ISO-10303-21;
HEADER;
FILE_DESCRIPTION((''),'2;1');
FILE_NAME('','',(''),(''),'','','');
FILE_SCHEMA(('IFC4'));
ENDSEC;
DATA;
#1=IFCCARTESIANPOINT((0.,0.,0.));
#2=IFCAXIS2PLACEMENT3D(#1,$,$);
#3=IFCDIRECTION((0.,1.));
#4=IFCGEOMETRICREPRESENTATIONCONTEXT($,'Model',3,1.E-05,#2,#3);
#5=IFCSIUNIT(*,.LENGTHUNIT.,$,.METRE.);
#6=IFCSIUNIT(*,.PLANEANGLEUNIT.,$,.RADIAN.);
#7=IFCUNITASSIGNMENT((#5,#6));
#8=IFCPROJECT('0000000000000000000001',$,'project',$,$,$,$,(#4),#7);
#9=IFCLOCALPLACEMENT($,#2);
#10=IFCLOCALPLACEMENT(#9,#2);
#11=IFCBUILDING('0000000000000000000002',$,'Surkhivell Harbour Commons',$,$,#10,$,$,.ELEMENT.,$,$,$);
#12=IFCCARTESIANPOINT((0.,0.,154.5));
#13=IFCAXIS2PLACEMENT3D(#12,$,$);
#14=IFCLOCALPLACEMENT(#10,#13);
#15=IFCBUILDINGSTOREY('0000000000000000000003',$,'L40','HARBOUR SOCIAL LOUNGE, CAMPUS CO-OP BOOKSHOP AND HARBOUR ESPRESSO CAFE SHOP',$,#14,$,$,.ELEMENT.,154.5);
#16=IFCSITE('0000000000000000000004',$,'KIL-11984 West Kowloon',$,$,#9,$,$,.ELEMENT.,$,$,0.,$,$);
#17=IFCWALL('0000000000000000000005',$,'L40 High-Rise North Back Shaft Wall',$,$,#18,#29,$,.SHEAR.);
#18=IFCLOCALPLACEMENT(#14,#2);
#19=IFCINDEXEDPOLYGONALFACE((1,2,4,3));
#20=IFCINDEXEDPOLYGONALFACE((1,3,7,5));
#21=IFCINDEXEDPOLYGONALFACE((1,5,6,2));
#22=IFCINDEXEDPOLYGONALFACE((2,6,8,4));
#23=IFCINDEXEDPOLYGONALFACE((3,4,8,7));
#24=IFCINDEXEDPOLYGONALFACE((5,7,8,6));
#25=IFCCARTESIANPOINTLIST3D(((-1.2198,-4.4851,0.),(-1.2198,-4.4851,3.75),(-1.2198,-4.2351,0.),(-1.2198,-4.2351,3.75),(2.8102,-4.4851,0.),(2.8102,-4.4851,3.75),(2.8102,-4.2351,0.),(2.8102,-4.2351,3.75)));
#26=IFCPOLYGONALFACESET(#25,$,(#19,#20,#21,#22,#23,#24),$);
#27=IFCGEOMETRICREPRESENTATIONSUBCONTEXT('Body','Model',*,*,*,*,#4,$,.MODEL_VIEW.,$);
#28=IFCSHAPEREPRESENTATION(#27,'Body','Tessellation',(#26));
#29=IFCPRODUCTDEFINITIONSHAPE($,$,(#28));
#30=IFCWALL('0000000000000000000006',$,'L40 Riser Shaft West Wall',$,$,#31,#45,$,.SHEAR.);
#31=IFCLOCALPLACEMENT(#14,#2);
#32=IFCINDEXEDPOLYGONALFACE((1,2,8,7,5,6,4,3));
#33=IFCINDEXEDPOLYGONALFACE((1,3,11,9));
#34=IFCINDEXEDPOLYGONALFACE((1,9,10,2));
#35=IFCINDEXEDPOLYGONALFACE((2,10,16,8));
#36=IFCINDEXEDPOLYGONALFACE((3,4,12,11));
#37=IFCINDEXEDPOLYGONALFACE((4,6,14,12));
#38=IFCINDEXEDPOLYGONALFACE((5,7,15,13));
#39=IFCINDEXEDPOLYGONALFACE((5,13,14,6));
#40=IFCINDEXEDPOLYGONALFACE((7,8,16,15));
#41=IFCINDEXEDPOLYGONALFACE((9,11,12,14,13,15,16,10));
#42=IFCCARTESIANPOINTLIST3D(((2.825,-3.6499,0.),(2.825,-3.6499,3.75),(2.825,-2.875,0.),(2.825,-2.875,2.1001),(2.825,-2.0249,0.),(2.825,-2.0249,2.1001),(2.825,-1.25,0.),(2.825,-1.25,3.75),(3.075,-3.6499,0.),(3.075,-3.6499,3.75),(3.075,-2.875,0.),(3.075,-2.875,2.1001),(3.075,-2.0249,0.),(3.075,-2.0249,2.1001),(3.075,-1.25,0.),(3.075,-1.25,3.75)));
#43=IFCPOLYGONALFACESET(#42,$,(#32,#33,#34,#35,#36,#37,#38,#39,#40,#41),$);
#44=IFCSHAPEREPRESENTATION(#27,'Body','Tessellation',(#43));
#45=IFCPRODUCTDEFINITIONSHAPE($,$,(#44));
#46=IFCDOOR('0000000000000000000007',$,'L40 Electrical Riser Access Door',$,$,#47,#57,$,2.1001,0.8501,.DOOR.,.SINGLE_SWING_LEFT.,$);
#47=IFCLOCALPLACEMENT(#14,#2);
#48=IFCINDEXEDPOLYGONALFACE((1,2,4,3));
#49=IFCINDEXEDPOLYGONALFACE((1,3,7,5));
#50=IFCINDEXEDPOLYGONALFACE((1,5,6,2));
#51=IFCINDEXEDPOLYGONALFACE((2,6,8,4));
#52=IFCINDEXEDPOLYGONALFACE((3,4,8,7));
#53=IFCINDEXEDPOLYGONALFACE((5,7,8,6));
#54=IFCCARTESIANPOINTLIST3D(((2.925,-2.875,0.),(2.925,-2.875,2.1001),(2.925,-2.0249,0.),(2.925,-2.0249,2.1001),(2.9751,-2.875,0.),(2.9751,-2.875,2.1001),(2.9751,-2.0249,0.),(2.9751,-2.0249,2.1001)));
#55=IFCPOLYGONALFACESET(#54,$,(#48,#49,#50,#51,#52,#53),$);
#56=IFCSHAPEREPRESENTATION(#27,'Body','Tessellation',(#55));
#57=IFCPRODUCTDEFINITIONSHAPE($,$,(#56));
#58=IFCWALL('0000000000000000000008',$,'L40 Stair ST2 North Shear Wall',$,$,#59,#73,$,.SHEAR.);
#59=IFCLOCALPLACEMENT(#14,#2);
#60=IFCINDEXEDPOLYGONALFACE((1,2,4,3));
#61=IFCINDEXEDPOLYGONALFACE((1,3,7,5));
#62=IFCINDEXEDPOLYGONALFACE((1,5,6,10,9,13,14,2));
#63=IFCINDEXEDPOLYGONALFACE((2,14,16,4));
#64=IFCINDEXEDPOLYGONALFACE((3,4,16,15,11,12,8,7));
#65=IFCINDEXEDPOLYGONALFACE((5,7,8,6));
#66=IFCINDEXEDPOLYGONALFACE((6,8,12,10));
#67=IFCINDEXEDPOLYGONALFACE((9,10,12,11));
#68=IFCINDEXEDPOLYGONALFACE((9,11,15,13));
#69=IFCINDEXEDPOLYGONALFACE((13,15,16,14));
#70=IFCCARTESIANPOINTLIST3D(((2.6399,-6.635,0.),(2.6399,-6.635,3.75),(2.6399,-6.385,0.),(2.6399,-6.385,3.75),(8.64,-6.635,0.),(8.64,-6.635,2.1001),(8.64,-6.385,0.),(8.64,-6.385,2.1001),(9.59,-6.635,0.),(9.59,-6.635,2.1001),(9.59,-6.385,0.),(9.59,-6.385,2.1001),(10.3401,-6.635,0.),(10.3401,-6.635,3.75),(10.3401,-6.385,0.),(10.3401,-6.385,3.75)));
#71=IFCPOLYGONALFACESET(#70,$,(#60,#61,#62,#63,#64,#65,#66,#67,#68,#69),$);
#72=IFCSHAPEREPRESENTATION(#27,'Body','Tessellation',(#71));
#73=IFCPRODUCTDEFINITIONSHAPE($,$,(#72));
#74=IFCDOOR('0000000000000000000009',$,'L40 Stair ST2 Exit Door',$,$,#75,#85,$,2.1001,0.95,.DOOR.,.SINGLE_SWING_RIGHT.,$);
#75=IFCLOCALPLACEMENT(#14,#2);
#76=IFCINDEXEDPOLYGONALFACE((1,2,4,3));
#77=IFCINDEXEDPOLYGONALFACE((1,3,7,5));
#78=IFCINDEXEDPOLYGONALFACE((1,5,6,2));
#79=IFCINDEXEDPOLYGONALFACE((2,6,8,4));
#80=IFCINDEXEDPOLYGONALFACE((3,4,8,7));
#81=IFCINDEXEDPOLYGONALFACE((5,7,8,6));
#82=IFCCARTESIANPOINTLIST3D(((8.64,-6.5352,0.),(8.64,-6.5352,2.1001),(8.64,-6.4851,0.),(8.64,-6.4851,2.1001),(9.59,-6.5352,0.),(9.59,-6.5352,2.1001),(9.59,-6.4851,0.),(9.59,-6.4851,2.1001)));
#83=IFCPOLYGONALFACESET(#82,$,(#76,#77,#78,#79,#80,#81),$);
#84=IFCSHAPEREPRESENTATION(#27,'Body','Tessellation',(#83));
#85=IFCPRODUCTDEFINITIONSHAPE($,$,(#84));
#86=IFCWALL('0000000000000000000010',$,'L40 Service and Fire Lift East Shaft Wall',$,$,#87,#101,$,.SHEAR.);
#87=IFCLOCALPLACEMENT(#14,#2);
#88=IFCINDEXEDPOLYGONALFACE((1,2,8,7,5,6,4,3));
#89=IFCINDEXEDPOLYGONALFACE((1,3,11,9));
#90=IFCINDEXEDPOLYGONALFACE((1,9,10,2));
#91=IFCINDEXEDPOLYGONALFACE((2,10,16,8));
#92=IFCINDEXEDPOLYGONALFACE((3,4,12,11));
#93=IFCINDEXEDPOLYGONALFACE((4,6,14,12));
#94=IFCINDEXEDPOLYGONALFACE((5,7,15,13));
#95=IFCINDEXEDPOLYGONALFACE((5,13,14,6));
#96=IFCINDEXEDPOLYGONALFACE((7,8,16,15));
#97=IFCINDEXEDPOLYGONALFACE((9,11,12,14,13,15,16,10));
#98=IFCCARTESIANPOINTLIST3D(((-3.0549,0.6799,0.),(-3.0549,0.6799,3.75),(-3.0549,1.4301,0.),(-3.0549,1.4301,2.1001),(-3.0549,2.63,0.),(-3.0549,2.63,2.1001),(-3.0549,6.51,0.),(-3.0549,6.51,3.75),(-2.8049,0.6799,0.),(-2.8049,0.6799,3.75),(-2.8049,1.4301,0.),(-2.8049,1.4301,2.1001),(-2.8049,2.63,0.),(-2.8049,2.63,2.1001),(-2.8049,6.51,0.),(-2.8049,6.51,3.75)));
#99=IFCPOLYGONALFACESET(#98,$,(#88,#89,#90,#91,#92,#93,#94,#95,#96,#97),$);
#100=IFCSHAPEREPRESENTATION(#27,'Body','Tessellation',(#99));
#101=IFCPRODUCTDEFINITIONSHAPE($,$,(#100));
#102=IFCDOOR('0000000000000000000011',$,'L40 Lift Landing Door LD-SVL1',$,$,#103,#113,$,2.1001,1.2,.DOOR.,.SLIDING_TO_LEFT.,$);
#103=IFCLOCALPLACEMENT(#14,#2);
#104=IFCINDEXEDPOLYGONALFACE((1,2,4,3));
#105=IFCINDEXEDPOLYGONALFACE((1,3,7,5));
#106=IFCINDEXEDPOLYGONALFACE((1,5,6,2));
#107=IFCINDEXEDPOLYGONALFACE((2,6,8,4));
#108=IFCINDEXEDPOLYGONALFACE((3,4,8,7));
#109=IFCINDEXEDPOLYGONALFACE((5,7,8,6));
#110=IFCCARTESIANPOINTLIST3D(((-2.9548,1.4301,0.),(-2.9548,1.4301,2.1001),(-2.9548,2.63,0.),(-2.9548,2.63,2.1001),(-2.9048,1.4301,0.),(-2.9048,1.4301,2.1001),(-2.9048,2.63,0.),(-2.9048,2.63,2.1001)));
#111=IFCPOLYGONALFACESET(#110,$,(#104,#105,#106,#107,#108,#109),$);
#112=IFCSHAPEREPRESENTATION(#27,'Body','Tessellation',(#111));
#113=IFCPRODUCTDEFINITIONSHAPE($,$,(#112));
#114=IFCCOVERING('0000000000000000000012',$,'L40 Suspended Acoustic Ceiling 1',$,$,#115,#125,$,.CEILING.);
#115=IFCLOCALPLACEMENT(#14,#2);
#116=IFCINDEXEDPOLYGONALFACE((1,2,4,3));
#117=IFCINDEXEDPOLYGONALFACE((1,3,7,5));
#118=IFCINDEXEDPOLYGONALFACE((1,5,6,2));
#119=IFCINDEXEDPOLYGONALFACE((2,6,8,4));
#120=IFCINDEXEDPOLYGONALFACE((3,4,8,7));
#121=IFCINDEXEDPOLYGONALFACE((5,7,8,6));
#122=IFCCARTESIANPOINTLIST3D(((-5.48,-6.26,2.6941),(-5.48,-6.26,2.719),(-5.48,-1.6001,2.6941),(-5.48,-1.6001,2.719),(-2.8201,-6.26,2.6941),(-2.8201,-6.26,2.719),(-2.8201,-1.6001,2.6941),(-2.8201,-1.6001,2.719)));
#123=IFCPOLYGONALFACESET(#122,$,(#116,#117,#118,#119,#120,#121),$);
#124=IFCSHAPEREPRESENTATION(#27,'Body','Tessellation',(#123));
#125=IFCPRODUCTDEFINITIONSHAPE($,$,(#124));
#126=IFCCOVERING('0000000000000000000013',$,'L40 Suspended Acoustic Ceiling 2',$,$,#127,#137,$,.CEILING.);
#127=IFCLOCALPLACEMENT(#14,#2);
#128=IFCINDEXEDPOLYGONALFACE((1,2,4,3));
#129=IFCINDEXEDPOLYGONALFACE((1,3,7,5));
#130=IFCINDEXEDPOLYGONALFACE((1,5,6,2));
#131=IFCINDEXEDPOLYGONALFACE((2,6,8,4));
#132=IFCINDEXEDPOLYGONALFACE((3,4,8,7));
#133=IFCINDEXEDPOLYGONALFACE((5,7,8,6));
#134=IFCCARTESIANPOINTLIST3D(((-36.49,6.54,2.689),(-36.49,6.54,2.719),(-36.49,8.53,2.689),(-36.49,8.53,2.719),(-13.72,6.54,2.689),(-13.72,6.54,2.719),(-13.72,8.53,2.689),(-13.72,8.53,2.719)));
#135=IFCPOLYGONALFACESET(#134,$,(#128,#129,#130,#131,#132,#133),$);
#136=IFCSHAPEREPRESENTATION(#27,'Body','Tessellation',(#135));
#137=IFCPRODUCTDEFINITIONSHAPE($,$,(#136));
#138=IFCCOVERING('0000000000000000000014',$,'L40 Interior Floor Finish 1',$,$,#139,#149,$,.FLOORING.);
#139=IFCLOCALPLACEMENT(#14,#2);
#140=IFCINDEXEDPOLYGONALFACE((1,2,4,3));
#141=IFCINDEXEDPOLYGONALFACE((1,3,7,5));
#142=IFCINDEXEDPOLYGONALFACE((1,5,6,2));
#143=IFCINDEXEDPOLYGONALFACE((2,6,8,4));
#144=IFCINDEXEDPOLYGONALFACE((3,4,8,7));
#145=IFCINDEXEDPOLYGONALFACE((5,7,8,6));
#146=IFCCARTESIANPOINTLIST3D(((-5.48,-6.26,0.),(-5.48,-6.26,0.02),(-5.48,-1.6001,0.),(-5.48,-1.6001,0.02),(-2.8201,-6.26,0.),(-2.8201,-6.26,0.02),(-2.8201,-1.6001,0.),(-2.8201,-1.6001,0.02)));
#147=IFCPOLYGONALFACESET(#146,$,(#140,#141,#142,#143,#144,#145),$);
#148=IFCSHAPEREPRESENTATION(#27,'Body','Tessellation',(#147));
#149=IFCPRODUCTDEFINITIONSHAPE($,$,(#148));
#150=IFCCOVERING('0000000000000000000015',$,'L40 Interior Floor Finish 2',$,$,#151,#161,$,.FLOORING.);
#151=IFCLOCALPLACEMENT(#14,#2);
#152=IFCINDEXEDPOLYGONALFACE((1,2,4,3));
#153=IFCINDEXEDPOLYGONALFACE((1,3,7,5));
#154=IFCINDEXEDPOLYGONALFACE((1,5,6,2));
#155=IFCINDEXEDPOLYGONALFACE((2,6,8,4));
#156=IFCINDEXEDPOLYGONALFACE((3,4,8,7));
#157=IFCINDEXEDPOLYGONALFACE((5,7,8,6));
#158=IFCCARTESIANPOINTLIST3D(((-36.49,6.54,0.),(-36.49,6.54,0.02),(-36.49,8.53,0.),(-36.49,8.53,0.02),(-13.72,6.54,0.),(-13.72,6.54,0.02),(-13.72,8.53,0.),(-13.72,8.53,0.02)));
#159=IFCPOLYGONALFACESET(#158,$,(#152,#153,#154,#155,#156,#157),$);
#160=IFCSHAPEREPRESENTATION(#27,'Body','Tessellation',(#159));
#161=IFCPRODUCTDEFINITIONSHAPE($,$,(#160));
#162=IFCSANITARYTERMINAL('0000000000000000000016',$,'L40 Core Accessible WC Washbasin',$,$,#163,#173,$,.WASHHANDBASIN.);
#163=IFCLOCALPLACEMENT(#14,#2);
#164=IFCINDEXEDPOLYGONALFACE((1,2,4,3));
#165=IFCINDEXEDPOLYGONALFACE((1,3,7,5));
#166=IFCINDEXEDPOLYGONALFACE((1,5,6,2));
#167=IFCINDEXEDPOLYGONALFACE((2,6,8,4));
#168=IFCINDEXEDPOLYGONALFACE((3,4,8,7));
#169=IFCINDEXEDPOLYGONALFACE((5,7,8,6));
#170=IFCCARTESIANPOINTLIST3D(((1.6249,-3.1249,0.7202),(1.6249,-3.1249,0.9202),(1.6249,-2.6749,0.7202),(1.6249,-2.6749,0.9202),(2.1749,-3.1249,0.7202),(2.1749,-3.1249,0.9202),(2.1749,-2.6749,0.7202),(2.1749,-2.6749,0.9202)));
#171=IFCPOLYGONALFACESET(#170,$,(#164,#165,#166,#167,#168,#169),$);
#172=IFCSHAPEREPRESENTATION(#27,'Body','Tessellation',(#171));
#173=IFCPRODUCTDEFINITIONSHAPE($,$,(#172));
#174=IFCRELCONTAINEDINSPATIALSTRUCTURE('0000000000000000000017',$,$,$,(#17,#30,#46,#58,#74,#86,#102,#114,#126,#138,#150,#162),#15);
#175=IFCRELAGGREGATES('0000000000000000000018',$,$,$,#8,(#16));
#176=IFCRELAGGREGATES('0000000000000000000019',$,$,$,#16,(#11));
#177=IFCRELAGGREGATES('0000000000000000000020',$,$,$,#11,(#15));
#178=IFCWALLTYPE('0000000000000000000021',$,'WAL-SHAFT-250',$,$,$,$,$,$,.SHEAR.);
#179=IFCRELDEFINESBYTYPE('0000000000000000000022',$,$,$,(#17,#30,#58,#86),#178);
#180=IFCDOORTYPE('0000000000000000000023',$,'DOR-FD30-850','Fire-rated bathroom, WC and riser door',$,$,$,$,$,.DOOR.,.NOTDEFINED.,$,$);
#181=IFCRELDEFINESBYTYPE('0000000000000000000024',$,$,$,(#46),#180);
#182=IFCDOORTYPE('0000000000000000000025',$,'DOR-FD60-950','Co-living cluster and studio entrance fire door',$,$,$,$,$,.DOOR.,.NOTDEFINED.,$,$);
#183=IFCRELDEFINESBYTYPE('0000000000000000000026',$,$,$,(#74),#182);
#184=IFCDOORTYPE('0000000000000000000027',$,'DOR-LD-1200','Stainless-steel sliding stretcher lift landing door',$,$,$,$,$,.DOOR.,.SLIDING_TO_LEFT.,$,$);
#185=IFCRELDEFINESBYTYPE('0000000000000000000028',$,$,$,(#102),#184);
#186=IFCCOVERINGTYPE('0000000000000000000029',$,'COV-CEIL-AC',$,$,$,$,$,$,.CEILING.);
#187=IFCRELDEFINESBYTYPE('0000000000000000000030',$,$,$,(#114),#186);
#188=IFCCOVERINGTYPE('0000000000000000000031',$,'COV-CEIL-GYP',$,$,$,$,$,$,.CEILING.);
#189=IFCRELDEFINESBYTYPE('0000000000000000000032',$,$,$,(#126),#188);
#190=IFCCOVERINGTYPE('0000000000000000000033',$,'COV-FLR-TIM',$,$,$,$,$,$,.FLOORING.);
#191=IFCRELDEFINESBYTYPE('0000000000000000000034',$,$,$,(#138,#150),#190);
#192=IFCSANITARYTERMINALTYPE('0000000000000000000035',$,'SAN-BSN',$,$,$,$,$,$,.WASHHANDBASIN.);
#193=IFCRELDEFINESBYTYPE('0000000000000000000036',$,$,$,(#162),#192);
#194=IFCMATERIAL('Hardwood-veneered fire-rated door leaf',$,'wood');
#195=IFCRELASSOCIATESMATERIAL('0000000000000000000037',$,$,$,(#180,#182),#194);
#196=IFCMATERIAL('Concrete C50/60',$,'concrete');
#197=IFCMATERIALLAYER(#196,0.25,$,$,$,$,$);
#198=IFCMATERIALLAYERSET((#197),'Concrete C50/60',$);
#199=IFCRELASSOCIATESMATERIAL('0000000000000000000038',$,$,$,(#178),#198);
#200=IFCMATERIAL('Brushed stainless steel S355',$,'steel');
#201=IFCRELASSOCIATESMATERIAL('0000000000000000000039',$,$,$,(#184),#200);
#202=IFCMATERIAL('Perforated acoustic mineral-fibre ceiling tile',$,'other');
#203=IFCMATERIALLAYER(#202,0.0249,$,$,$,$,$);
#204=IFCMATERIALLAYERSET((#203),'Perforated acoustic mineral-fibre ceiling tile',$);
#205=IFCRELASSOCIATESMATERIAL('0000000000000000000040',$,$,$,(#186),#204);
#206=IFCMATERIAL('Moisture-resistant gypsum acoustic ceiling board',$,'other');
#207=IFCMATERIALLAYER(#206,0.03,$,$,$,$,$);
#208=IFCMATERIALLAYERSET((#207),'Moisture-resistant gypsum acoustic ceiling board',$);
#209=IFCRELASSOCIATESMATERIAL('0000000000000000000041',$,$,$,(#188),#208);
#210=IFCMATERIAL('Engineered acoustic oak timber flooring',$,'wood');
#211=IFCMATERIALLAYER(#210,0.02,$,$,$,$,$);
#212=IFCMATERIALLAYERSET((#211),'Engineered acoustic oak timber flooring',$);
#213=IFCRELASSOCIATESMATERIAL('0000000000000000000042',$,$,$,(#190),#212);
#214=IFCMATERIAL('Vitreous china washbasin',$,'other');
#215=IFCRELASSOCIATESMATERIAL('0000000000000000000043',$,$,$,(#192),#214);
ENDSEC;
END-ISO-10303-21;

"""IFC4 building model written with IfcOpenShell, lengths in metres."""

from ifc_helpers import new_model, si_unit, direction, frame, frame_2d, origin, origin_2d, place, context, subcontext, project, spatial, polyline, rectangle, outline, extrude, material, layer, layer_set, type_object, element, fill, save


model = new_model("IFC4")

# Units and contexts
model_context = context("Model", 3, precision=1e-05, world=origin(), true_north=direction((0.0, 1.0)))
body_context = subcontext(model_context, "Body", "Model", "MODEL_VIEW")
ifc_project = project(units=[si_unit("LENGTHUNIT", "METRE"), si_unit("PLANEANGLEUNIT", "RADIAN")], contexts=[model_context])

# Site, building, storey
site_placement = place(None, origin())
site = spatial("IfcSite", under=ifc_project, at=site_placement, Name="KIL-11984 West Kowloon", CompositionType="ELEMENT", RefElevation=0.0)
building_placement = place(site_placement, origin())
building = spatial("IfcBuilding", under=site, at=building_placement, Name="Surkhivell Harbour Commons", CompositionType="ELEMENT")
storey_placement = place(building_placement, frame((0.0, 0.0, 154.5)))
storey = spatial("IfcBuildingStorey", under=building, at=storey_placement, Name="L40", Description="HARBOUR SOCIAL LOUNGE, CAMPUS CO-OP BOOKSHOP AND HARBOUR ESPRESSO CAFE SHOP", CompositionType="ELEMENT", Elevation=154.5)

# Shared definitions
ifc_material_1 = material(Name="Hardwood-veneered fire-rated door leaf", Category="wood")
door_type_1 = type_object("IfcDoorType", Name="DOR-FD30-850", Description="Fire-rated bathroom, WC and riser door", OperationType="NOTDEFINED", PredefinedType="DOOR", material=ifc_material_1)

# Wall
ifc_material_2 = material(Name="Concrete C50/60", Category="concrete")
ifc_layer_1 = layer(ifc_material_2, 0.25)
ifc_layer_set_1 = layer_set([ifc_layer_1], Name="Concrete C50/60")
wall_type_1 = type_object("IfcWallType", Name="WAL-SHAFT-250", PredefinedType="SHEAR", material=ifc_layer_set_1)
wall_1_placement = place(storey_placement, frame((-1.22, -4.3601, 0.0), z_axis=(0.0, 0.0, 1.0), x_axis=(1.0, 0.0, 0.0)))
element("IfcWall", 1, at=wall_1_placement, inside=storey, type_object=wall_type_1, Name="L40 High-Rise North Back Shaft Wall", PredefinedType="SHEAR", context=body_context, shape_type="SweptSolid", body=[
    extrude(rectangle(XDim=4.03, YDim=0.25, at=frame_2d((2.0151, 0.0))), origin(), (0.0, 0.0, 1.0), 3.75),
])

# Walls, openings, doors
wall_2_placement = place(storey_placement, frame((2.95, -3.6499, 0.0), z_axis=(0.0, 0.0, 1.0), x_axis=(0.0, 1.0, 0.0)))
wall_2 = element("IfcWall", 2, at=wall_2_placement, inside=storey, type_object=wall_type_1, Name="L40 Riser Shaft West Wall", PredefinedType="SHEAR", context=body_context, shape_type="SweptSolid", body=[
    extrude(rectangle(XDim=2.3999, YDim=0.25, at=frame_2d((1.2, 0.0))), origin(), (0.0, 0.0, 1.0), 3.75),
])
opening_1_placement = place(wall_2_placement, frame((0.7749, 0.0, 0.0)))
opening_1 = element("IfcOpeningElement", 3, at=opening_1_placement, cuts=wall_2, PredefinedType="OPENING", context=body_context, shape_type="SweptSolid", body=[
    extrude(rectangle(XDim=0.8501, YDim=2.1001, at=frame_2d((0.425, 1.05))), frame((0.0, 0.135, 0.0), z_axis=(0.0, -1.0, 0.0), x_axis=(1.0, 0.0, 0.0)), (0.0, 0.0, 1.0), 0.27),
])
door_1_placement = place(opening_1_placement, origin())
door_1 = element("IfcDoor", 4, at=door_1_placement, inside=storey, type_object=door_type_1, Name="L40 Electrical Riser Access Door", OperationType="SINGLE_SWING_LEFT", OverallHeight=2.1001, OverallWidth=0.8501, PredefinedType="DOOR", context=body_context, shape_type="SweptSolid", body=[
    extrude(rectangle(XDim=0.8501, YDim=2.1001, at=frame_2d((0.425, 1.05))), frame((0.0, 0.0249, 0.0), z_axis=(0.0, -1.0, 0.0), x_axis=(1.0, 0.0, 0.0)), (0.0, 0.0, 1.0), 0.05),
])
fill(opening_1, door_1)
wall_3_placement = place(storey_placement, frame((2.6399, -6.51, 0.0), z_axis=(0.0, 0.0, 1.0), x_axis=(1.0, 0.0, 0.0)))
wall_3 = element("IfcWall", 5, at=wall_3_placement, inside=storey, type_object=wall_type_1, Name="L40 Stair ST2 North Shear Wall", PredefinedType="SHEAR", context=body_context, shape_type="SweptSolid", body=[
    extrude(rectangle(XDim=7.7002, YDim=0.25, at=frame_2d((3.8501, 0.0))), origin(), (0.0, 0.0, 1.0), 3.75),
])
opening_2_placement = place(wall_3_placement, frame((6.0, 0.0, 0.0)))
opening_2 = element("IfcOpeningElement", 6, at=opening_2_placement, cuts=wall_3, PredefinedType="OPENING", context=body_context, shape_type="SweptSolid", body=[
    extrude(rectangle(XDim=0.95, YDim=2.1001, at=frame_2d((0.4751, 1.05))), frame((0.0, 0.135, 0.0), z_axis=(0.0, -1.0, 0.0), x_axis=(1.0, 0.0, 0.0)), (0.0, 0.0, 1.0), 0.27),
])
door_type_2 = type_object("IfcDoorType", Name="DOR-FD60-950", Description="Co-living cluster and studio entrance fire door", OperationType="NOTDEFINED", PredefinedType="DOOR", material=ifc_material_1)
door_2_placement = place(opening_2_placement, origin())
door_2 = element("IfcDoor", 7, at=door_2_placement, inside=storey, type_object=door_type_2, Name="L40 Stair ST2 Exit Door", OperationType="SINGLE_SWING_RIGHT", OverallHeight=2.1001, OverallWidth=0.95, PredefinedType="DOOR", context=body_context, shape_type="SweptSolid", body=[
    extrude(rectangle(XDim=0.95, YDim=2.1001, at=frame_2d((0.4751, 1.05))), frame((0.0, 0.0249, 0.0), z_axis=(0.0, -1.0, 0.0), x_axis=(1.0, 0.0, 0.0)), (0.0, 0.0, 1.0), 0.05),
])
fill(opening_2, door_2)
wall_4_placement = place(storey_placement, frame((-2.9299, 0.6799, 0.0), z_axis=(0.0, 0.0, 1.0), x_axis=(0.0, 1.0, 0.0)))
wall_4 = element("IfcWall", 8, at=wall_4_placement, inside=storey, type_object=wall_type_1, Name="L40 Service and Fire Lift East Shaft Wall", PredefinedType="SHEAR", context=body_context, shape_type="SweptSolid", body=[
    extrude(rectangle(XDim=5.8301, YDim=0.25, at=frame_2d((2.915, 0.0))), origin(), (0.0, 0.0, 1.0), 3.75),
])
opening_3_placement = place(wall_4_placement, frame((0.75, 0.0, 0.0)))
opening_3 = element("IfcOpeningElement", 9, at=opening_3_placement, cuts=wall_4, PredefinedType="OPENING", context=body_context, shape_type="SweptSolid", body=[
    extrude(rectangle(XDim=1.2, YDim=2.1001, at=frame_2d((0.6001, 1.05))), frame((0.0, 0.135, 0.0), z_axis=(0.0, -1.0, 0.0), x_axis=(1.0, 0.0, 0.0)), (0.0, 0.0, 1.0), 0.27),
])
ifc_material_3 = material(Name="Brushed stainless steel S355", Category="steel")
door_type_3 = type_object("IfcDoorType", Name="DOR-LD-1200", Description="Stainless-steel sliding stretcher lift landing door", OperationType="SLIDING_TO_LEFT", PredefinedType="DOOR", material=ifc_material_3)
door_3_placement = place(opening_3_placement, origin())
door_3 = element("IfcDoor", 10, at=door_3_placement, inside=storey, type_object=door_type_3, Name="L40 Lift Landing Door LD-SVL1", OperationType="SLIDING_TO_LEFT", OverallHeight=2.1001, OverallWidth=1.2, PredefinedType="DOOR", context=body_context, shape_type="SweptSolid", body=[
    extrude(rectangle(XDim=1.2, YDim=2.1001, at=frame_2d((0.6001, 1.05))), frame((0.0, 0.0249, 0.0), z_axis=(0.0, -1.0, 0.0), x_axis=(1.0, 0.0, 0.0)), (0.0, 0.0, 1.0), 0.05),
])
fill(opening_3, door_3)

# Coverings
ifc_material_4 = material(Name="Perforated acoustic mineral-fibre ceiling tile", Category="other")
ifc_layer_2 = layer(ifc_material_4, 0.0249)
ifc_layer_set_2 = layer_set([ifc_layer_2], Name="Perforated acoustic mineral-fibre ceiling tile")
covering_type_1 = type_object("IfcCoveringType", Name="COV-CEIL-AC", PredefinedType="CEILING", material=ifc_layer_set_2)
covering_1_placement = place(storey_placement, frame((0.0, 0.0, 2.6941)))
element("IfcCovering", 11, at=covering_1_placement, inside=storey, type_object=covering_type_1, Name="L40 Suspended Acoustic Ceiling 1", PredefinedType="CEILING", context=body_context, shape_type="SweptSolid", body=[
    extrude(outline(polyline([(-5.48, -6.26), (-2.8201, -6.26), (-2.8201, -1.6001), (-5.48, -1.6001), (-5.48, -6.26)])), origin(), (0.0, 0.0, 1.0), 0.0249),
])
ifc_material_5 = material(Name="Moisture-resistant gypsum acoustic ceiling board", Category="other")
ifc_layer_3 = layer(ifc_material_5, 0.03)
ifc_layer_set_3 = layer_set([ifc_layer_3], Name="Moisture-resistant gypsum acoustic ceiling board")
covering_type_2 = type_object("IfcCoveringType", Name="COV-CEIL-GYP", PredefinedType="CEILING", material=ifc_layer_set_3)
covering_2_placement = place(storey_placement, frame((0.0, 0.0, 2.689)))
element("IfcCovering", 12, at=covering_2_placement, inside=storey, type_object=covering_type_2, Name="L40 Suspended Acoustic Ceiling 2", PredefinedType="CEILING", context=body_context, shape_type="SweptSolid", body=[
    extrude(outline(polyline([(-13.72, 6.54), (-13.72, 8.53), (-36.49, 8.53), (-36.49, 6.54), (-13.72, 6.54)])), origin(), (0.0, 0.0, 1.0), 0.03),
])
ifc_material_6 = material(Name="Engineered acoustic oak timber flooring", Category="wood")
ifc_layer_4 = layer(ifc_material_6, 0.02)
ifc_layer_set_4 = layer_set([ifc_layer_4], Name="Engineered acoustic oak timber flooring")
covering_type_3 = type_object("IfcCoveringType", Name="COV-FLR-TIM", PredefinedType="FLOORING", material=ifc_layer_set_4)
covering_3_placement = place(storey_placement, origin())
element("IfcCovering", 13, at=covering_3_placement, inside=storey, type_object=covering_type_3, Name="L40 Interior Floor Finish 1", PredefinedType="FLOORING", context=body_context, shape_type="SweptSolid", body=[
    extrude(outline(polyline([(-5.48, -6.26), (-2.8201, -6.26), (-2.8201, -1.6001), (-5.48, -1.6001), (-5.48, -6.26)])), origin(), (0.0, 0.0, 1.0), 0.02),
])
covering_4_placement = place(storey_placement, origin())
element("IfcCovering", 14, at=covering_4_placement, inside=storey, type_object=covering_type_3, Name="L40 Interior Floor Finish 2", PredefinedType="FLOORING", context=body_context, shape_type="SweptSolid", body=[
    extrude(outline(polyline([(-13.72, 6.54), (-13.72, 8.53), (-36.49, 8.53), (-36.49, 6.54), (-13.72, 6.54)])), origin(), (0.0, 0.0, 1.0), 0.02),
])

# Sanitary terminal
ifc_material_7 = material(Name="Vitreous china washbasin", Category="other")
sanitary_terminal_type_1 = type_object("IfcSanitaryTerminalType", Name="SAN-BSN", PredefinedType="WASHHANDBASIN", material=ifc_material_7)
sanitary_terminal_1_placement = place(storey_placement, frame((1.8999, -2.8999, 0.7202), z_axis=(0.0, 0.0, 1.0), x_axis=(1.0, 0.0, 0.0)))
element("IfcSanitaryTerminal", 15, at=sanitary_terminal_1_placement, inside=storey, type_object=sanitary_terminal_type_1, Name="L40 Core Accessible WC Washbasin", PredefinedType="WASHHANDBASIN", context=body_context, shape_type="SweptSolid", body=[
    extrude(rectangle(XDim=0.55, YDim=0.45, at=origin_2d()), origin(), (0.0, 0.0, 1.0), 0.2),
])

save(model, "model.ifc")
